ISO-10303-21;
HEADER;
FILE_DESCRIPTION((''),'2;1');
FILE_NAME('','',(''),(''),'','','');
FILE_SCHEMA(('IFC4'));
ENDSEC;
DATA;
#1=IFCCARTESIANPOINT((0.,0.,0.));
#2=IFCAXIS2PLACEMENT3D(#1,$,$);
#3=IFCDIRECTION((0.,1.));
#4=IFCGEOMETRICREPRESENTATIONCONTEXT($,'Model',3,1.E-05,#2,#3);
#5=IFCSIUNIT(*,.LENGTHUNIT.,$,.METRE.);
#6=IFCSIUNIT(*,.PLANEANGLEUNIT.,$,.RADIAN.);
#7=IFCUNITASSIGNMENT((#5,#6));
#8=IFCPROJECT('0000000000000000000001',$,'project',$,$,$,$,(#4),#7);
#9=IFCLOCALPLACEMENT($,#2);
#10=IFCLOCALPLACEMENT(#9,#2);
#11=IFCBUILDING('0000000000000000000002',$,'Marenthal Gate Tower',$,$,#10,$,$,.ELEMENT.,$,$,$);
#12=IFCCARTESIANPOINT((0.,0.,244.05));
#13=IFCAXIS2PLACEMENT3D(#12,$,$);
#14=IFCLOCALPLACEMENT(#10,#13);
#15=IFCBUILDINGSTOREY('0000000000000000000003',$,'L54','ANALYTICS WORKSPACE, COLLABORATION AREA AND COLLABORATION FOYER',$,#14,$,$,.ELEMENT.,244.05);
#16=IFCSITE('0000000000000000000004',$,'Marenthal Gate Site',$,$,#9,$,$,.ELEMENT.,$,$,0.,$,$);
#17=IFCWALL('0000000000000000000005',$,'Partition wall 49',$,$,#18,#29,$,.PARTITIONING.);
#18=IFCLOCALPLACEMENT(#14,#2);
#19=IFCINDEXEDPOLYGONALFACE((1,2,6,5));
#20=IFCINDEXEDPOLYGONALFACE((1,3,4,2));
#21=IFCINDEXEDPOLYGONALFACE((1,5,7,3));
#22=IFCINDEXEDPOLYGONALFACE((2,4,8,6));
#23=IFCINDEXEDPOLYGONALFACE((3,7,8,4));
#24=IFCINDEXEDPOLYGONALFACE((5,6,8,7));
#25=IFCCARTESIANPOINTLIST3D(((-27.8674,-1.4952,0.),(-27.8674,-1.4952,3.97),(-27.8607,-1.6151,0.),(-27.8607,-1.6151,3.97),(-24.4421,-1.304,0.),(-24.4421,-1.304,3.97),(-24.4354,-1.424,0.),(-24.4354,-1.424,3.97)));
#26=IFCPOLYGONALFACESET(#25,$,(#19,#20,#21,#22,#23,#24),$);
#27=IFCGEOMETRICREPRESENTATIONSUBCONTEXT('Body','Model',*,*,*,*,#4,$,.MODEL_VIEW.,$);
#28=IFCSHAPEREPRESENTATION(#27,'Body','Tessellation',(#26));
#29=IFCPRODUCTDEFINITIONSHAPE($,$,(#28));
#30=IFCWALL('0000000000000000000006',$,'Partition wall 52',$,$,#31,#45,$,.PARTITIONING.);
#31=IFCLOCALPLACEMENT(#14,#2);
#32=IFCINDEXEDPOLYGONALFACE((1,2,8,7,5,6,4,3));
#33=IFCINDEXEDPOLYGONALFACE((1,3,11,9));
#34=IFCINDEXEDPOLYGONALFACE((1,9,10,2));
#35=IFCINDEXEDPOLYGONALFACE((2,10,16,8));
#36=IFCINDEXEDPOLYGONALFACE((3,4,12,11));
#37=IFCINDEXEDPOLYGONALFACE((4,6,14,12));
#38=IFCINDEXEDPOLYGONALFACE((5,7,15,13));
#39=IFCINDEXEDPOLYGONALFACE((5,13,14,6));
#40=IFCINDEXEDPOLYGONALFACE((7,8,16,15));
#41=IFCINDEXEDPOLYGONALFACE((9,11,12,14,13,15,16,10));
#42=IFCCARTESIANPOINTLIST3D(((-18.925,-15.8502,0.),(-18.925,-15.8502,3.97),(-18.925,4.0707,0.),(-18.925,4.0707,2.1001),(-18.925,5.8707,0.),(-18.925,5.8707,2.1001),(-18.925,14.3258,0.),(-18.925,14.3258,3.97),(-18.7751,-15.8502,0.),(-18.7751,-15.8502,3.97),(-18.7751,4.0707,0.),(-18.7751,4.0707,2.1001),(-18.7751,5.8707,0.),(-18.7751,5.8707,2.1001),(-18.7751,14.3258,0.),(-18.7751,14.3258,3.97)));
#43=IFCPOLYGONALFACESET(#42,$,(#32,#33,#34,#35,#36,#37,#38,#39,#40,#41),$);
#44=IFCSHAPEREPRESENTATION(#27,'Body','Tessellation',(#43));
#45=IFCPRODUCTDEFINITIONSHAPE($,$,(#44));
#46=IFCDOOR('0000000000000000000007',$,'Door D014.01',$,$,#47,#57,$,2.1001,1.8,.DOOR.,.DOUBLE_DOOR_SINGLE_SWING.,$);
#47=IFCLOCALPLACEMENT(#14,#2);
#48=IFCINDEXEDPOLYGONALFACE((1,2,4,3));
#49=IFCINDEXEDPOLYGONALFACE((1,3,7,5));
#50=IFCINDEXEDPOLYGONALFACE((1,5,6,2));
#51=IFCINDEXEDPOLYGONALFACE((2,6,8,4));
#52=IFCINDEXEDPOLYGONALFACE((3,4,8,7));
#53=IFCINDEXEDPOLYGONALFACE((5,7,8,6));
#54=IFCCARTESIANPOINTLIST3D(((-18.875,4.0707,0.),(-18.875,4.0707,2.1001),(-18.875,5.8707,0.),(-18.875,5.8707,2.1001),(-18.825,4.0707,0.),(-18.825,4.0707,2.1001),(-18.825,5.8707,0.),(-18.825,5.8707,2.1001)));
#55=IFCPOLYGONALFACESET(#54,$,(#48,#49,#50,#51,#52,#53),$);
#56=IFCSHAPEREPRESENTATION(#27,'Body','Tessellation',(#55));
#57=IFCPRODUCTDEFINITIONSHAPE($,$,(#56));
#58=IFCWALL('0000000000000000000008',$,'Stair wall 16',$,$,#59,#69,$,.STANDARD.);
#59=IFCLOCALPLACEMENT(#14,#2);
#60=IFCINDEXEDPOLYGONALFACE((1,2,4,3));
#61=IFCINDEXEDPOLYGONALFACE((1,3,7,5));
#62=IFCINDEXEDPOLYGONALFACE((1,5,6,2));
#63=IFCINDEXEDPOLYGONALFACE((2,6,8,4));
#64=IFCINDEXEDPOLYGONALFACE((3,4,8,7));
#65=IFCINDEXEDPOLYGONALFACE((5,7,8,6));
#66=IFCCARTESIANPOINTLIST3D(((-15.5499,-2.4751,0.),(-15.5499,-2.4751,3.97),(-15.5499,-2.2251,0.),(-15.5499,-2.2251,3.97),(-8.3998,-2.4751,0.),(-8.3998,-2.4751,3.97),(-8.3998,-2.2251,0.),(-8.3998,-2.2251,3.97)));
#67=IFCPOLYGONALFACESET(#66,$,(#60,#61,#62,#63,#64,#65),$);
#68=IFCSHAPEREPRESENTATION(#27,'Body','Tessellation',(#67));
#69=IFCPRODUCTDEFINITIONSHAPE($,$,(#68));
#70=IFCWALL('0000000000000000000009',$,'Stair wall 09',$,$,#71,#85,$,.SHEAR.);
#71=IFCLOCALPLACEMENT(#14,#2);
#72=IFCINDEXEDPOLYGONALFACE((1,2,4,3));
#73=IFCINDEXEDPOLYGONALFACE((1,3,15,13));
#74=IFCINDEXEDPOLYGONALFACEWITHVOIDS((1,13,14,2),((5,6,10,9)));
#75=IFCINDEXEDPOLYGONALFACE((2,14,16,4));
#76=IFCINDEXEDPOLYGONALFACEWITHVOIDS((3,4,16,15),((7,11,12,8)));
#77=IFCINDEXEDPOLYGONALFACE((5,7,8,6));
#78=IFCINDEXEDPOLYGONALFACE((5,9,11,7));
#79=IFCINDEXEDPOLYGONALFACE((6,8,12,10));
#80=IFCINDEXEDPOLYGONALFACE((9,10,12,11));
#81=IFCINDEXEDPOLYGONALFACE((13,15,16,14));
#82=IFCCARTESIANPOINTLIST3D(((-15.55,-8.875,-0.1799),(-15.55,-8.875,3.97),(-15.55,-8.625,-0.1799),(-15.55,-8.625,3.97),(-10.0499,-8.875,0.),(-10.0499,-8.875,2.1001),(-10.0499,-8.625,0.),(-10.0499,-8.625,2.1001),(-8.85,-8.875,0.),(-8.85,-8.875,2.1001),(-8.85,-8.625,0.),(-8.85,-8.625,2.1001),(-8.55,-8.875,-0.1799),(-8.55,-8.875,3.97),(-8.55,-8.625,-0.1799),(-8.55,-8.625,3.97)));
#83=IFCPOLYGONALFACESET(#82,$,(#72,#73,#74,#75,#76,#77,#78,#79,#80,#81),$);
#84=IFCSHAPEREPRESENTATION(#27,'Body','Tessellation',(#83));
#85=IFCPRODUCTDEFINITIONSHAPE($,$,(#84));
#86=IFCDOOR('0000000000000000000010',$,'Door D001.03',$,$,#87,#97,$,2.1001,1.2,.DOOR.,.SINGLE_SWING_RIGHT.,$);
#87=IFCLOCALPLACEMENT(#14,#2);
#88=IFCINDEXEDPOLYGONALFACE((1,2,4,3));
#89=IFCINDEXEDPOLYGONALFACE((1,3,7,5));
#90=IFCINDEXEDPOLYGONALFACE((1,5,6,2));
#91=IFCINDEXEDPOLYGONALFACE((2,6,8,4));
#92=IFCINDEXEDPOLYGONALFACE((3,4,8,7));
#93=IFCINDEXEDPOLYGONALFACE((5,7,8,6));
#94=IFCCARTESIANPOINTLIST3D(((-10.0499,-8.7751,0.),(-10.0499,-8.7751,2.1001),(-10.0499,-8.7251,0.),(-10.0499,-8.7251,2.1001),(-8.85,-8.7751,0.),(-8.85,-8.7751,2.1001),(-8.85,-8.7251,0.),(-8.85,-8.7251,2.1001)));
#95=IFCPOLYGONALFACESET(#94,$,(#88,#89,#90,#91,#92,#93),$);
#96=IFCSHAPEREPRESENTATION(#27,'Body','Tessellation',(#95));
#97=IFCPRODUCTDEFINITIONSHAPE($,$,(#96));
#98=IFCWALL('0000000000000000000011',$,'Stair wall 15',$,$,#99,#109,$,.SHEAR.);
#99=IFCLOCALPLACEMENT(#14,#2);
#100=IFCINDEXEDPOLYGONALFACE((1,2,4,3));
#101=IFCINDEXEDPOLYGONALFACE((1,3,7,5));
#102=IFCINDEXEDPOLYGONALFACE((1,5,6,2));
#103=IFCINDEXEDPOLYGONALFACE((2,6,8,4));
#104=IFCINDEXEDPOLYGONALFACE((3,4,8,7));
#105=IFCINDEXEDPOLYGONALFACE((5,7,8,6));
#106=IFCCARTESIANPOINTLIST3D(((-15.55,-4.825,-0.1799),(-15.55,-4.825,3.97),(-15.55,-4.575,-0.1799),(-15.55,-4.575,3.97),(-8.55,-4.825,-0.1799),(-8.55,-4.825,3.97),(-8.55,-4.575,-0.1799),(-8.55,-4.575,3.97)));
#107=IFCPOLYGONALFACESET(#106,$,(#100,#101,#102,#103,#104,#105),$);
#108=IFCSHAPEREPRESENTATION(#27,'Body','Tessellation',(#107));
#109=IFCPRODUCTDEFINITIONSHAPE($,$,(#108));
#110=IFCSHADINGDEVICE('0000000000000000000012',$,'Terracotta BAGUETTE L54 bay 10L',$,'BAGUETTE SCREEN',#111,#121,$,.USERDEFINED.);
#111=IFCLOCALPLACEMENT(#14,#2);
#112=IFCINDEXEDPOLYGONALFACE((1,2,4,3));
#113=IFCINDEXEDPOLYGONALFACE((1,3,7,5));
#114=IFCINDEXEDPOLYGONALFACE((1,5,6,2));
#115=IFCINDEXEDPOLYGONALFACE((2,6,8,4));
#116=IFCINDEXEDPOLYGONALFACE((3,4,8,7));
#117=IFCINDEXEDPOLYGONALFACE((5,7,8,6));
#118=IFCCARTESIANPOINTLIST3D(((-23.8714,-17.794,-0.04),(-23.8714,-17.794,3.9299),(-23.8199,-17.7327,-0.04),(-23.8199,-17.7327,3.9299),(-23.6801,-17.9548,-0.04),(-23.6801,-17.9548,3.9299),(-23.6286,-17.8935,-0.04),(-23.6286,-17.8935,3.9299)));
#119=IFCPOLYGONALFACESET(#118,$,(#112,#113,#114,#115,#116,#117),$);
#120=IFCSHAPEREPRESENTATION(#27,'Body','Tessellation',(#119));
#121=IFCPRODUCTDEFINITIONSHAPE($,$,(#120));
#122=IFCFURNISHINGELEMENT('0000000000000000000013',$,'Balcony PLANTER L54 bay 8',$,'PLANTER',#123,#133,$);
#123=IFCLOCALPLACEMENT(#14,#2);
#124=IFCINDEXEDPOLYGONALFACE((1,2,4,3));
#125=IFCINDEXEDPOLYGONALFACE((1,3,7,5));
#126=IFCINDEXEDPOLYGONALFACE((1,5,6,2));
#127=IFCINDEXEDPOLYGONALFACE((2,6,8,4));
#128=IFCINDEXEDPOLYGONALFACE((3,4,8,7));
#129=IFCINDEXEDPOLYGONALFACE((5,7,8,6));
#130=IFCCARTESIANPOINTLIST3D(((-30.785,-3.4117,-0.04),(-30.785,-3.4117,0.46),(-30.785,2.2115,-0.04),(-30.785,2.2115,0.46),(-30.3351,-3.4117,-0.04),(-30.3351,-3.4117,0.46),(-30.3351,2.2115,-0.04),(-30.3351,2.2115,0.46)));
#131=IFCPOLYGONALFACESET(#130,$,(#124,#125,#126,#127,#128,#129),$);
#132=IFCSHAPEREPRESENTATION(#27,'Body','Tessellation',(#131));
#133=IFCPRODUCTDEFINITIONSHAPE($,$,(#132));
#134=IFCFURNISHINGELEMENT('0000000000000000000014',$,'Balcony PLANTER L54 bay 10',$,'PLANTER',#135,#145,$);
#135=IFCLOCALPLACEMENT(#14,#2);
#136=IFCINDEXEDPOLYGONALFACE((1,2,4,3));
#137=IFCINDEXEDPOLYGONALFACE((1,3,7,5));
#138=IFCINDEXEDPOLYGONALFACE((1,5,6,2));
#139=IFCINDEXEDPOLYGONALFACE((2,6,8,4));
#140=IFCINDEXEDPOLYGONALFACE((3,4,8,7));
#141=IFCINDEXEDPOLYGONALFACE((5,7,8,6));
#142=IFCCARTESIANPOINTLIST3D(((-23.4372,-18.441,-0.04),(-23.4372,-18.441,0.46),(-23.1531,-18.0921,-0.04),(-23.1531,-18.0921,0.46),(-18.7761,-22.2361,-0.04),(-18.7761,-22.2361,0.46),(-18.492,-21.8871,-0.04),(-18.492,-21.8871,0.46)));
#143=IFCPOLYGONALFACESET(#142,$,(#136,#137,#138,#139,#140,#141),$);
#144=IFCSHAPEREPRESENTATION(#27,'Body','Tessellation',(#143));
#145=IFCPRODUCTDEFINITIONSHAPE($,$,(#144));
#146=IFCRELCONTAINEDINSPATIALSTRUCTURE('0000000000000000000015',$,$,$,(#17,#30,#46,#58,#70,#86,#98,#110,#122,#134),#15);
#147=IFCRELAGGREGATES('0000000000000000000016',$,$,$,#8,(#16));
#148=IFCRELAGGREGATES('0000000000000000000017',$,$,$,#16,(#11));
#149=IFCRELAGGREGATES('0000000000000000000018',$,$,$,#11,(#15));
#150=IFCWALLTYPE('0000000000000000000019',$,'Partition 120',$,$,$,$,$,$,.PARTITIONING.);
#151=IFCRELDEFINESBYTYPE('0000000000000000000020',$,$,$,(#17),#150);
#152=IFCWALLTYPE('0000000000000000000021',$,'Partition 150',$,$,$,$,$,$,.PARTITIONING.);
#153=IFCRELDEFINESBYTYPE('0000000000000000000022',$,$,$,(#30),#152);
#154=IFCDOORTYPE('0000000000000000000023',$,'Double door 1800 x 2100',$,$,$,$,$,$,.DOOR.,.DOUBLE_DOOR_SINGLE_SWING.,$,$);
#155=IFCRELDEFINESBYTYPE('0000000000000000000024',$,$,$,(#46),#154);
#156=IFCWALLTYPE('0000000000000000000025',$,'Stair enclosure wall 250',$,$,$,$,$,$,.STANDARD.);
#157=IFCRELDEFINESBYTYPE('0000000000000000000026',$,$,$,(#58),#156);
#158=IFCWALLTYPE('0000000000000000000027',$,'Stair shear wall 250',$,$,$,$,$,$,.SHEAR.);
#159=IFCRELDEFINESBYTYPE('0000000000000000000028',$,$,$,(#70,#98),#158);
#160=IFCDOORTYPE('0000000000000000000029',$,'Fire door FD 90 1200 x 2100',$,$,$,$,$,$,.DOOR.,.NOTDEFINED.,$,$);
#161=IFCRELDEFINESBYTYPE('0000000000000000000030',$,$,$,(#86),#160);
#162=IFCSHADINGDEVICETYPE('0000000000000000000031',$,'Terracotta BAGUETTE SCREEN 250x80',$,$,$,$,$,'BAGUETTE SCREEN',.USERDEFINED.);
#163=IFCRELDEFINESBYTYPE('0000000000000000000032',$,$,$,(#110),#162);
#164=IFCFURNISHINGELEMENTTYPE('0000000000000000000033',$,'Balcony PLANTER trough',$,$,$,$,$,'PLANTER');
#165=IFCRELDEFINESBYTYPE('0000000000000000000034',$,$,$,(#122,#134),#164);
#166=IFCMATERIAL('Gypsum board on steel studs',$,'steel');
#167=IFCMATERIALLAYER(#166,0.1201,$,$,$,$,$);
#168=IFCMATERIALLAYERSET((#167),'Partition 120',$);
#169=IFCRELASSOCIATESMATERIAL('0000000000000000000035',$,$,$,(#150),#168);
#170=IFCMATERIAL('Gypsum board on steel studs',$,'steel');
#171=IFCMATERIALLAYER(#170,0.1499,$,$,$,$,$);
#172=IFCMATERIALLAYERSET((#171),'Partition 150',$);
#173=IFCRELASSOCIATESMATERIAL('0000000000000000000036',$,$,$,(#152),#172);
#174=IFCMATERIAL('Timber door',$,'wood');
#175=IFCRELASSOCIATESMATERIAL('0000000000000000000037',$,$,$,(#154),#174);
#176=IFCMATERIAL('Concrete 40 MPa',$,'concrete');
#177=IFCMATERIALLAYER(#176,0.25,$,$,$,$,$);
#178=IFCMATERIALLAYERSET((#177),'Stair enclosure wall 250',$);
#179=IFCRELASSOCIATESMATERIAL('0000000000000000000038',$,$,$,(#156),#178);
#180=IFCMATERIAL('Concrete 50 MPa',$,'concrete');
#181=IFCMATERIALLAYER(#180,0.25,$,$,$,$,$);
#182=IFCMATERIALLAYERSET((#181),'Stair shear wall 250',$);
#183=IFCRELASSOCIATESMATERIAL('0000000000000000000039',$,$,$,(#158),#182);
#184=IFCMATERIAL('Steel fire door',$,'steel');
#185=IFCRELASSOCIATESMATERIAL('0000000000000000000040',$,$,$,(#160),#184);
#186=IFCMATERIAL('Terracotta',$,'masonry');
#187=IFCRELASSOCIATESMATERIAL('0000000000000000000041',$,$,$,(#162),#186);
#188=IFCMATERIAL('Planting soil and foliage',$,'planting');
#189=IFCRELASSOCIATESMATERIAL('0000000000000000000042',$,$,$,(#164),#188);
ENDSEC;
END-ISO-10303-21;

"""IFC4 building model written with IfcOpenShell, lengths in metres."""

from ifc_helpers import new_model, si_unit, direction, frame, frame_2d, origin, origin_2d, place, context, subcontext, project, spatial, rectangle, extrude, material, layer, layer_set, material_profile, profile_set, type_object, element, fill, save


model = new_model("IFC4")

# Units and contexts
model_context = context("Model", 3, precision=1e-05, world=origin(), true_north=direction((0.0, 1.0)))
body_context = subcontext(model_context, "Body", "Model", "MODEL_VIEW")
ifc_project = project(units=[si_unit("LENGTHUNIT", "METRE"), si_unit("PLANEANGLEUNIT", "RADIAN")], contexts=[model_context])

# Site, building, storey
site_placement = place(None, origin())
site = spatial("IfcSite", under=ifc_project, at=site_placement, Name="Marenthal Gate Site", CompositionType="ELEMENT", RefElevation=0.0)
building_placement = place(site_placement, origin())
building = spatial("IfcBuilding", under=site, at=building_placement, Name="Marenthal Gate Tower", CompositionType="ELEMENT")
storey_placement = place(building_placement, frame((0.0, 0.0, 244.05)))
storey = spatial("IfcBuildingStorey", under=building, at=storey_placement, Name="L54", Description="ANALYTICS WORKSPACE, COLLABORATION AREA AND COLLABORATION FOYER", CompositionType="ELEMENT", Elevation=244.05)

# Wall
ifc_material_1 = material(Name="Gypsum board on steel studs", Category="steel")
ifc_layer_1 = layer(ifc_material_1, 0.1201)
ifc_layer_set_1 = layer_set([ifc_layer_1], Name="Partition 120")
wall_type_1 = type_object("IfcWallType", Name="Partition 120", PredefinedType="PARTITIONING", material=ifc_layer_set_1)
wall_1_placement = place(storey_placement, frame((-24.4387, -1.364, 0.0), z_axis=(0.0, 0.0, 1.0), x_axis=(-0.998446, -0.055722, 0.0)))
element("IfcWall", 1, at=wall_1_placement, inside=storey, type_object=wall_type_1, Name="Partition wall 49", PredefinedType="PARTITIONING", context=body_context, shape_type="SweptSolid", body=[
    extrude(rectangle(XDim=3.4307, YDim=0.1201, at=frame_2d((1.7153, 0.0))), origin(), (0.0, 0.0, 1.0), 3.97),
])

# Wall, opening, door
ifc_material_2 = material(Name="Gypsum board on steel studs", Category="steel")
ifc_layer_2 = layer(ifc_material_2, 0.1499)
ifc_layer_set_2 = layer_set([ifc_layer_2], Name="Partition 150")
wall_type_2 = type_object("IfcWallType", Name="Partition 150", PredefinedType="PARTITIONING", material=ifc_layer_set_2)
wall_2_placement = place(storey_placement, frame((-18.8501, -15.8501, 0.0), z_axis=(0.0, 0.0, 1.0), x_axis=(0.0, 1.0, 0.0)))
wall_2 = element("IfcWall", 2, at=wall_2_placement, inside=storey, type_object=wall_type_2, Name="Partition wall 52", PredefinedType="PARTITIONING", context=body_context, shape_type="SweptSolid", body=[
    extrude(rectangle(XDim=30.176, YDim=0.1499, at=frame_2d((15.0879, 0.0))), origin(), (0.0, 0.0, 1.0), 3.97),
])
opening_1_placement = place(wall_2_placement, frame((19.9209, 0.0, 0.0)))
opening_1 = element("IfcOpeningElement", 3, at=opening_1_placement, cuts=wall_2, PredefinedType="OPENING", context=body_context, shape_type="SweptSolid", body=[
    extrude(rectangle(XDim=1.8, YDim=2.1001, at=frame_2d((0.8999, 1.05))), frame((0.0, 0.085, 0.0), z_axis=(0.0, -1.0, 0.0), x_axis=(1.0, 0.0, 0.0)), (0.0, 0.0, 1.0), 0.1699),
])
ifc_material_3 = material(Name="Timber door", Category="wood")
door_type_1 = type_object("IfcDoorType", Name="Double door 1800 x 2100", OperationType="DOUBLE_DOOR_SINGLE_SWING", PredefinedType="DOOR", material=ifc_material_3)
door_1_placement = place(opening_1_placement, origin())
door_1 = element("IfcDoor", 4, at=door_1_placement, inside=storey, type_object=door_type_1, Name="Door D014.01", OperationType="DOUBLE_DOOR_SINGLE_SWING", OverallHeight=2.1001, OverallWidth=1.8, PredefinedType="DOOR", context=body_context, shape_type="SweptSolid", body=[
    extrude(rectangle(XDim=1.8, YDim=2.1001, at=frame_2d((0.8999, 1.05))), frame((0.0, 0.0249, 0.0), z_axis=(0.0, -1.0, 0.0), x_axis=(1.0, 0.0, 0.0)), (0.0, 0.0, 1.0), 0.05),
])
fill(opening_1, door_1)

# Wall
ifc_material_4 = material(Name="Concrete 40 MPa", Category="concrete")
ifc_layer_3 = layer(ifc_material_4, 0.25)
ifc_layer_set_3 = layer_set([ifc_layer_3], Name="Stair enclosure wall 250")
wall_type_3 = type_object("IfcWallType", Name="Stair enclosure wall 250", PredefinedType="STANDARD", material=ifc_layer_set_3)
wall_3_placement = place(storey_placement, frame((-15.55, -2.3501, 0.0), z_axis=(0.0, 0.0, 1.0), x_axis=(1.0, 0.0, 0.0)))
element("IfcWall", 5, at=wall_3_placement, inside=storey, type_object=wall_type_3, Name="Stair wall 16", PredefinedType="STANDARD", context=body_context, shape_type="SweptSolid", body=[
    extrude(rectangle(XDim=7.1501, YDim=0.25, at=frame_2d((3.5752, 0.0))), origin(), (0.0, 0.0, 1.0), 3.97),
])

# Wall, opening, door
ifc_material_5 = material(Name="Concrete 50 MPa", Category="concrete")
ifc_layer_4 = layer(ifc_material_5, 0.25)
ifc_layer_set_4 = layer_set([ifc_layer_4], Name="Stair shear wall 250")
wall_type_4 = type_object("IfcWallType", Name="Stair shear wall 250", PredefinedType="SHEAR", material=ifc_layer_set_4)
wall_4_placement = place(storey_placement, frame((-15.55, -8.75, -0.1799), z_axis=(0.0, 0.0, 1.0), x_axis=(1.0, 0.0, 0.0)))
wall_4 = element("IfcWall", 6, at=wall_4_placement, inside=storey, type_object=wall_type_4, Name="Stair wall 09", PredefinedType="SHEAR", context=body_context, shape_type="SweptSolid", body=[
    extrude(rectangle(XDim=7.0, YDim=0.25, at=frame_2d((3.5, 0.0))), origin(), (0.0, 0.0, 1.0), 4.1499),
])
opening_2_placement = place(wall_4_placement, frame((5.5, 0.0, 0.1799)))
opening_2 = element("IfcOpeningElement", 7, at=opening_2_placement, cuts=wall_4, PredefinedType="OPENING", context=body_context, shape_type="SweptSolid", body=[
    extrude(rectangle(XDim=1.2, YDim=2.1001, at=frame_2d((0.6001, 1.05))), frame((0.0, 0.135, 0.0), z_axis=(0.0, -1.0, 0.0), x_axis=(1.0, 0.0, 0.0)), (0.0, 0.0, 1.0), 0.27),
])
ifc_material_6 = material(Name="Steel fire door", Category="steel")
door_type_2 = type_object("IfcDoorType", Name="Fire door FD 90 1200 x 2100", OperationType="NOTDEFINED", PredefinedType="DOOR", material=ifc_material_6)
door_2_placement = place(opening_2_placement, origin())
door_2 = element("IfcDoor", 8, at=door_2_placement, inside=storey, type_object=door_type_2, Name="Door D001.03", OperationType="SINGLE_SWING_RIGHT", OverallHeight=2.1001, OverallWidth=1.2, PredefinedType="DOOR", context=body_context, shape_type="SweptSolid", body=[
    extrude(rectangle(XDim=1.2, YDim=2.1001, at=frame_2d((0.6001, 1.05))), frame((0.0, 0.0249, 0.0), z_axis=(0.0, -1.0, 0.0), x_axis=(1.0, 0.0, 0.0)), (0.0, 0.0, 1.0), 0.05),
])
fill(opening_2, door_2)

# Wall
wall_5_placement = place(storey_placement, frame((-15.55, -4.7, -0.1799), z_axis=(0.0, 0.0, 1.0), x_axis=(1.0, 0.0, 0.0)))
element("IfcWall", 9, at=wall_5_placement, inside=storey, type_object=wall_type_4, Name="Stair wall 15", PredefinedType="SHEAR", context=body_context, shape_type="SweptSolid", body=[
    extrude(rectangle(XDim=7.0, YDim=0.25, at=frame_2d((3.5, 0.0))), origin(), (0.0, 0.0, 1.0), 4.1499),
])

# Shading device
ifc_material_7 = material(Name="Terracotta", Category="masonry")
ifc_material_profile_1 = material_profile(ifc_material_7, rectangle(XDim=0.25, YDim=0.0801, at=origin_2d()), Name="Terracotta baguette 250x80")
ifc_profile_set_1 = profile_set([ifc_material_profile_1], Name="Terracotta")
shading_device_type = type_object("IfcShadingDeviceType", Name="Terracotta BAGUETTE SCREEN 250x80", ElementType="BAGUETTE SCREEN", PredefinedType="USERDEFINED", material=ifc_profile_set_1)
shading_device_placement = place(storey_placement, frame((-23.75, -17.8438, -0.04), z_axis=(0.0, 0.0, 1.0), x_axis=(0.765469, -0.643472, 0.0)))
element("IfcShadingDevice", 10, at=shading_device_placement, inside=storey, type_object=shading_device_type, Name="Terracotta BAGUETTE L54 bay 10L", ObjectType="BAGUETTE SCREEN", PredefinedType="USERDEFINED", context=body_context, shape_type="SweptSolid", body=[
    extrude(rectangle(XDim=0.25, YDim=0.0801, at=origin_2d()), origin(), (0.0, 0.0, 1.0), 3.97),
])

# Furnishing elements
ifc_material_8 = material(Name="Planting soil and foliage", Category="planting")
furnishing_element_type = type_object("IfcFurnishingElementType", Name="Balcony PLANTER trough", ElementType="PLANTER", material=ifc_material_8)
furnishing_1_placement = place(storey_placement, frame((-30.5601, -0.6001, -0.04), z_axis=(0.0, 0.0, 1.0), x_axis=(0.0, -1.0, 0.0)))
element("IfcFurnishingElement", 11, at=furnishing_1_placement, inside=storey, type_object=furnishing_element_type, Name="Balcony PLANTER L54 bay 8", ObjectType="PLANTER", context=body_context, shape_type="SweptSolid", body=[
    extrude(rectangle(XDim=5.6233, YDim=0.45, at=origin_2d()), origin(), (0.0, 0.0, 1.0), 0.5),
])
furnishing_2_placement = place(storey_placement, frame((-20.9646, -20.1641, -0.04), z_axis=(0.0, 0.0, 1.0), x_axis=(0.775469, -0.631385, 0.0)))
element("IfcFurnishingElement", 12, at=furnishing_2_placement, inside=storey, type_object=furnishing_element_type, Name="Balcony PLANTER L54 bay 10", ObjectType="PLANTER", context=body_context, shape_type="SweptSolid", body=[
    extrude(rectangle(XDim=6.0107, YDim=0.45, at=origin_2d()), origin(), (0.0, 0.0, 1.0), 0.5),
])

save(model, "model.ifc")
